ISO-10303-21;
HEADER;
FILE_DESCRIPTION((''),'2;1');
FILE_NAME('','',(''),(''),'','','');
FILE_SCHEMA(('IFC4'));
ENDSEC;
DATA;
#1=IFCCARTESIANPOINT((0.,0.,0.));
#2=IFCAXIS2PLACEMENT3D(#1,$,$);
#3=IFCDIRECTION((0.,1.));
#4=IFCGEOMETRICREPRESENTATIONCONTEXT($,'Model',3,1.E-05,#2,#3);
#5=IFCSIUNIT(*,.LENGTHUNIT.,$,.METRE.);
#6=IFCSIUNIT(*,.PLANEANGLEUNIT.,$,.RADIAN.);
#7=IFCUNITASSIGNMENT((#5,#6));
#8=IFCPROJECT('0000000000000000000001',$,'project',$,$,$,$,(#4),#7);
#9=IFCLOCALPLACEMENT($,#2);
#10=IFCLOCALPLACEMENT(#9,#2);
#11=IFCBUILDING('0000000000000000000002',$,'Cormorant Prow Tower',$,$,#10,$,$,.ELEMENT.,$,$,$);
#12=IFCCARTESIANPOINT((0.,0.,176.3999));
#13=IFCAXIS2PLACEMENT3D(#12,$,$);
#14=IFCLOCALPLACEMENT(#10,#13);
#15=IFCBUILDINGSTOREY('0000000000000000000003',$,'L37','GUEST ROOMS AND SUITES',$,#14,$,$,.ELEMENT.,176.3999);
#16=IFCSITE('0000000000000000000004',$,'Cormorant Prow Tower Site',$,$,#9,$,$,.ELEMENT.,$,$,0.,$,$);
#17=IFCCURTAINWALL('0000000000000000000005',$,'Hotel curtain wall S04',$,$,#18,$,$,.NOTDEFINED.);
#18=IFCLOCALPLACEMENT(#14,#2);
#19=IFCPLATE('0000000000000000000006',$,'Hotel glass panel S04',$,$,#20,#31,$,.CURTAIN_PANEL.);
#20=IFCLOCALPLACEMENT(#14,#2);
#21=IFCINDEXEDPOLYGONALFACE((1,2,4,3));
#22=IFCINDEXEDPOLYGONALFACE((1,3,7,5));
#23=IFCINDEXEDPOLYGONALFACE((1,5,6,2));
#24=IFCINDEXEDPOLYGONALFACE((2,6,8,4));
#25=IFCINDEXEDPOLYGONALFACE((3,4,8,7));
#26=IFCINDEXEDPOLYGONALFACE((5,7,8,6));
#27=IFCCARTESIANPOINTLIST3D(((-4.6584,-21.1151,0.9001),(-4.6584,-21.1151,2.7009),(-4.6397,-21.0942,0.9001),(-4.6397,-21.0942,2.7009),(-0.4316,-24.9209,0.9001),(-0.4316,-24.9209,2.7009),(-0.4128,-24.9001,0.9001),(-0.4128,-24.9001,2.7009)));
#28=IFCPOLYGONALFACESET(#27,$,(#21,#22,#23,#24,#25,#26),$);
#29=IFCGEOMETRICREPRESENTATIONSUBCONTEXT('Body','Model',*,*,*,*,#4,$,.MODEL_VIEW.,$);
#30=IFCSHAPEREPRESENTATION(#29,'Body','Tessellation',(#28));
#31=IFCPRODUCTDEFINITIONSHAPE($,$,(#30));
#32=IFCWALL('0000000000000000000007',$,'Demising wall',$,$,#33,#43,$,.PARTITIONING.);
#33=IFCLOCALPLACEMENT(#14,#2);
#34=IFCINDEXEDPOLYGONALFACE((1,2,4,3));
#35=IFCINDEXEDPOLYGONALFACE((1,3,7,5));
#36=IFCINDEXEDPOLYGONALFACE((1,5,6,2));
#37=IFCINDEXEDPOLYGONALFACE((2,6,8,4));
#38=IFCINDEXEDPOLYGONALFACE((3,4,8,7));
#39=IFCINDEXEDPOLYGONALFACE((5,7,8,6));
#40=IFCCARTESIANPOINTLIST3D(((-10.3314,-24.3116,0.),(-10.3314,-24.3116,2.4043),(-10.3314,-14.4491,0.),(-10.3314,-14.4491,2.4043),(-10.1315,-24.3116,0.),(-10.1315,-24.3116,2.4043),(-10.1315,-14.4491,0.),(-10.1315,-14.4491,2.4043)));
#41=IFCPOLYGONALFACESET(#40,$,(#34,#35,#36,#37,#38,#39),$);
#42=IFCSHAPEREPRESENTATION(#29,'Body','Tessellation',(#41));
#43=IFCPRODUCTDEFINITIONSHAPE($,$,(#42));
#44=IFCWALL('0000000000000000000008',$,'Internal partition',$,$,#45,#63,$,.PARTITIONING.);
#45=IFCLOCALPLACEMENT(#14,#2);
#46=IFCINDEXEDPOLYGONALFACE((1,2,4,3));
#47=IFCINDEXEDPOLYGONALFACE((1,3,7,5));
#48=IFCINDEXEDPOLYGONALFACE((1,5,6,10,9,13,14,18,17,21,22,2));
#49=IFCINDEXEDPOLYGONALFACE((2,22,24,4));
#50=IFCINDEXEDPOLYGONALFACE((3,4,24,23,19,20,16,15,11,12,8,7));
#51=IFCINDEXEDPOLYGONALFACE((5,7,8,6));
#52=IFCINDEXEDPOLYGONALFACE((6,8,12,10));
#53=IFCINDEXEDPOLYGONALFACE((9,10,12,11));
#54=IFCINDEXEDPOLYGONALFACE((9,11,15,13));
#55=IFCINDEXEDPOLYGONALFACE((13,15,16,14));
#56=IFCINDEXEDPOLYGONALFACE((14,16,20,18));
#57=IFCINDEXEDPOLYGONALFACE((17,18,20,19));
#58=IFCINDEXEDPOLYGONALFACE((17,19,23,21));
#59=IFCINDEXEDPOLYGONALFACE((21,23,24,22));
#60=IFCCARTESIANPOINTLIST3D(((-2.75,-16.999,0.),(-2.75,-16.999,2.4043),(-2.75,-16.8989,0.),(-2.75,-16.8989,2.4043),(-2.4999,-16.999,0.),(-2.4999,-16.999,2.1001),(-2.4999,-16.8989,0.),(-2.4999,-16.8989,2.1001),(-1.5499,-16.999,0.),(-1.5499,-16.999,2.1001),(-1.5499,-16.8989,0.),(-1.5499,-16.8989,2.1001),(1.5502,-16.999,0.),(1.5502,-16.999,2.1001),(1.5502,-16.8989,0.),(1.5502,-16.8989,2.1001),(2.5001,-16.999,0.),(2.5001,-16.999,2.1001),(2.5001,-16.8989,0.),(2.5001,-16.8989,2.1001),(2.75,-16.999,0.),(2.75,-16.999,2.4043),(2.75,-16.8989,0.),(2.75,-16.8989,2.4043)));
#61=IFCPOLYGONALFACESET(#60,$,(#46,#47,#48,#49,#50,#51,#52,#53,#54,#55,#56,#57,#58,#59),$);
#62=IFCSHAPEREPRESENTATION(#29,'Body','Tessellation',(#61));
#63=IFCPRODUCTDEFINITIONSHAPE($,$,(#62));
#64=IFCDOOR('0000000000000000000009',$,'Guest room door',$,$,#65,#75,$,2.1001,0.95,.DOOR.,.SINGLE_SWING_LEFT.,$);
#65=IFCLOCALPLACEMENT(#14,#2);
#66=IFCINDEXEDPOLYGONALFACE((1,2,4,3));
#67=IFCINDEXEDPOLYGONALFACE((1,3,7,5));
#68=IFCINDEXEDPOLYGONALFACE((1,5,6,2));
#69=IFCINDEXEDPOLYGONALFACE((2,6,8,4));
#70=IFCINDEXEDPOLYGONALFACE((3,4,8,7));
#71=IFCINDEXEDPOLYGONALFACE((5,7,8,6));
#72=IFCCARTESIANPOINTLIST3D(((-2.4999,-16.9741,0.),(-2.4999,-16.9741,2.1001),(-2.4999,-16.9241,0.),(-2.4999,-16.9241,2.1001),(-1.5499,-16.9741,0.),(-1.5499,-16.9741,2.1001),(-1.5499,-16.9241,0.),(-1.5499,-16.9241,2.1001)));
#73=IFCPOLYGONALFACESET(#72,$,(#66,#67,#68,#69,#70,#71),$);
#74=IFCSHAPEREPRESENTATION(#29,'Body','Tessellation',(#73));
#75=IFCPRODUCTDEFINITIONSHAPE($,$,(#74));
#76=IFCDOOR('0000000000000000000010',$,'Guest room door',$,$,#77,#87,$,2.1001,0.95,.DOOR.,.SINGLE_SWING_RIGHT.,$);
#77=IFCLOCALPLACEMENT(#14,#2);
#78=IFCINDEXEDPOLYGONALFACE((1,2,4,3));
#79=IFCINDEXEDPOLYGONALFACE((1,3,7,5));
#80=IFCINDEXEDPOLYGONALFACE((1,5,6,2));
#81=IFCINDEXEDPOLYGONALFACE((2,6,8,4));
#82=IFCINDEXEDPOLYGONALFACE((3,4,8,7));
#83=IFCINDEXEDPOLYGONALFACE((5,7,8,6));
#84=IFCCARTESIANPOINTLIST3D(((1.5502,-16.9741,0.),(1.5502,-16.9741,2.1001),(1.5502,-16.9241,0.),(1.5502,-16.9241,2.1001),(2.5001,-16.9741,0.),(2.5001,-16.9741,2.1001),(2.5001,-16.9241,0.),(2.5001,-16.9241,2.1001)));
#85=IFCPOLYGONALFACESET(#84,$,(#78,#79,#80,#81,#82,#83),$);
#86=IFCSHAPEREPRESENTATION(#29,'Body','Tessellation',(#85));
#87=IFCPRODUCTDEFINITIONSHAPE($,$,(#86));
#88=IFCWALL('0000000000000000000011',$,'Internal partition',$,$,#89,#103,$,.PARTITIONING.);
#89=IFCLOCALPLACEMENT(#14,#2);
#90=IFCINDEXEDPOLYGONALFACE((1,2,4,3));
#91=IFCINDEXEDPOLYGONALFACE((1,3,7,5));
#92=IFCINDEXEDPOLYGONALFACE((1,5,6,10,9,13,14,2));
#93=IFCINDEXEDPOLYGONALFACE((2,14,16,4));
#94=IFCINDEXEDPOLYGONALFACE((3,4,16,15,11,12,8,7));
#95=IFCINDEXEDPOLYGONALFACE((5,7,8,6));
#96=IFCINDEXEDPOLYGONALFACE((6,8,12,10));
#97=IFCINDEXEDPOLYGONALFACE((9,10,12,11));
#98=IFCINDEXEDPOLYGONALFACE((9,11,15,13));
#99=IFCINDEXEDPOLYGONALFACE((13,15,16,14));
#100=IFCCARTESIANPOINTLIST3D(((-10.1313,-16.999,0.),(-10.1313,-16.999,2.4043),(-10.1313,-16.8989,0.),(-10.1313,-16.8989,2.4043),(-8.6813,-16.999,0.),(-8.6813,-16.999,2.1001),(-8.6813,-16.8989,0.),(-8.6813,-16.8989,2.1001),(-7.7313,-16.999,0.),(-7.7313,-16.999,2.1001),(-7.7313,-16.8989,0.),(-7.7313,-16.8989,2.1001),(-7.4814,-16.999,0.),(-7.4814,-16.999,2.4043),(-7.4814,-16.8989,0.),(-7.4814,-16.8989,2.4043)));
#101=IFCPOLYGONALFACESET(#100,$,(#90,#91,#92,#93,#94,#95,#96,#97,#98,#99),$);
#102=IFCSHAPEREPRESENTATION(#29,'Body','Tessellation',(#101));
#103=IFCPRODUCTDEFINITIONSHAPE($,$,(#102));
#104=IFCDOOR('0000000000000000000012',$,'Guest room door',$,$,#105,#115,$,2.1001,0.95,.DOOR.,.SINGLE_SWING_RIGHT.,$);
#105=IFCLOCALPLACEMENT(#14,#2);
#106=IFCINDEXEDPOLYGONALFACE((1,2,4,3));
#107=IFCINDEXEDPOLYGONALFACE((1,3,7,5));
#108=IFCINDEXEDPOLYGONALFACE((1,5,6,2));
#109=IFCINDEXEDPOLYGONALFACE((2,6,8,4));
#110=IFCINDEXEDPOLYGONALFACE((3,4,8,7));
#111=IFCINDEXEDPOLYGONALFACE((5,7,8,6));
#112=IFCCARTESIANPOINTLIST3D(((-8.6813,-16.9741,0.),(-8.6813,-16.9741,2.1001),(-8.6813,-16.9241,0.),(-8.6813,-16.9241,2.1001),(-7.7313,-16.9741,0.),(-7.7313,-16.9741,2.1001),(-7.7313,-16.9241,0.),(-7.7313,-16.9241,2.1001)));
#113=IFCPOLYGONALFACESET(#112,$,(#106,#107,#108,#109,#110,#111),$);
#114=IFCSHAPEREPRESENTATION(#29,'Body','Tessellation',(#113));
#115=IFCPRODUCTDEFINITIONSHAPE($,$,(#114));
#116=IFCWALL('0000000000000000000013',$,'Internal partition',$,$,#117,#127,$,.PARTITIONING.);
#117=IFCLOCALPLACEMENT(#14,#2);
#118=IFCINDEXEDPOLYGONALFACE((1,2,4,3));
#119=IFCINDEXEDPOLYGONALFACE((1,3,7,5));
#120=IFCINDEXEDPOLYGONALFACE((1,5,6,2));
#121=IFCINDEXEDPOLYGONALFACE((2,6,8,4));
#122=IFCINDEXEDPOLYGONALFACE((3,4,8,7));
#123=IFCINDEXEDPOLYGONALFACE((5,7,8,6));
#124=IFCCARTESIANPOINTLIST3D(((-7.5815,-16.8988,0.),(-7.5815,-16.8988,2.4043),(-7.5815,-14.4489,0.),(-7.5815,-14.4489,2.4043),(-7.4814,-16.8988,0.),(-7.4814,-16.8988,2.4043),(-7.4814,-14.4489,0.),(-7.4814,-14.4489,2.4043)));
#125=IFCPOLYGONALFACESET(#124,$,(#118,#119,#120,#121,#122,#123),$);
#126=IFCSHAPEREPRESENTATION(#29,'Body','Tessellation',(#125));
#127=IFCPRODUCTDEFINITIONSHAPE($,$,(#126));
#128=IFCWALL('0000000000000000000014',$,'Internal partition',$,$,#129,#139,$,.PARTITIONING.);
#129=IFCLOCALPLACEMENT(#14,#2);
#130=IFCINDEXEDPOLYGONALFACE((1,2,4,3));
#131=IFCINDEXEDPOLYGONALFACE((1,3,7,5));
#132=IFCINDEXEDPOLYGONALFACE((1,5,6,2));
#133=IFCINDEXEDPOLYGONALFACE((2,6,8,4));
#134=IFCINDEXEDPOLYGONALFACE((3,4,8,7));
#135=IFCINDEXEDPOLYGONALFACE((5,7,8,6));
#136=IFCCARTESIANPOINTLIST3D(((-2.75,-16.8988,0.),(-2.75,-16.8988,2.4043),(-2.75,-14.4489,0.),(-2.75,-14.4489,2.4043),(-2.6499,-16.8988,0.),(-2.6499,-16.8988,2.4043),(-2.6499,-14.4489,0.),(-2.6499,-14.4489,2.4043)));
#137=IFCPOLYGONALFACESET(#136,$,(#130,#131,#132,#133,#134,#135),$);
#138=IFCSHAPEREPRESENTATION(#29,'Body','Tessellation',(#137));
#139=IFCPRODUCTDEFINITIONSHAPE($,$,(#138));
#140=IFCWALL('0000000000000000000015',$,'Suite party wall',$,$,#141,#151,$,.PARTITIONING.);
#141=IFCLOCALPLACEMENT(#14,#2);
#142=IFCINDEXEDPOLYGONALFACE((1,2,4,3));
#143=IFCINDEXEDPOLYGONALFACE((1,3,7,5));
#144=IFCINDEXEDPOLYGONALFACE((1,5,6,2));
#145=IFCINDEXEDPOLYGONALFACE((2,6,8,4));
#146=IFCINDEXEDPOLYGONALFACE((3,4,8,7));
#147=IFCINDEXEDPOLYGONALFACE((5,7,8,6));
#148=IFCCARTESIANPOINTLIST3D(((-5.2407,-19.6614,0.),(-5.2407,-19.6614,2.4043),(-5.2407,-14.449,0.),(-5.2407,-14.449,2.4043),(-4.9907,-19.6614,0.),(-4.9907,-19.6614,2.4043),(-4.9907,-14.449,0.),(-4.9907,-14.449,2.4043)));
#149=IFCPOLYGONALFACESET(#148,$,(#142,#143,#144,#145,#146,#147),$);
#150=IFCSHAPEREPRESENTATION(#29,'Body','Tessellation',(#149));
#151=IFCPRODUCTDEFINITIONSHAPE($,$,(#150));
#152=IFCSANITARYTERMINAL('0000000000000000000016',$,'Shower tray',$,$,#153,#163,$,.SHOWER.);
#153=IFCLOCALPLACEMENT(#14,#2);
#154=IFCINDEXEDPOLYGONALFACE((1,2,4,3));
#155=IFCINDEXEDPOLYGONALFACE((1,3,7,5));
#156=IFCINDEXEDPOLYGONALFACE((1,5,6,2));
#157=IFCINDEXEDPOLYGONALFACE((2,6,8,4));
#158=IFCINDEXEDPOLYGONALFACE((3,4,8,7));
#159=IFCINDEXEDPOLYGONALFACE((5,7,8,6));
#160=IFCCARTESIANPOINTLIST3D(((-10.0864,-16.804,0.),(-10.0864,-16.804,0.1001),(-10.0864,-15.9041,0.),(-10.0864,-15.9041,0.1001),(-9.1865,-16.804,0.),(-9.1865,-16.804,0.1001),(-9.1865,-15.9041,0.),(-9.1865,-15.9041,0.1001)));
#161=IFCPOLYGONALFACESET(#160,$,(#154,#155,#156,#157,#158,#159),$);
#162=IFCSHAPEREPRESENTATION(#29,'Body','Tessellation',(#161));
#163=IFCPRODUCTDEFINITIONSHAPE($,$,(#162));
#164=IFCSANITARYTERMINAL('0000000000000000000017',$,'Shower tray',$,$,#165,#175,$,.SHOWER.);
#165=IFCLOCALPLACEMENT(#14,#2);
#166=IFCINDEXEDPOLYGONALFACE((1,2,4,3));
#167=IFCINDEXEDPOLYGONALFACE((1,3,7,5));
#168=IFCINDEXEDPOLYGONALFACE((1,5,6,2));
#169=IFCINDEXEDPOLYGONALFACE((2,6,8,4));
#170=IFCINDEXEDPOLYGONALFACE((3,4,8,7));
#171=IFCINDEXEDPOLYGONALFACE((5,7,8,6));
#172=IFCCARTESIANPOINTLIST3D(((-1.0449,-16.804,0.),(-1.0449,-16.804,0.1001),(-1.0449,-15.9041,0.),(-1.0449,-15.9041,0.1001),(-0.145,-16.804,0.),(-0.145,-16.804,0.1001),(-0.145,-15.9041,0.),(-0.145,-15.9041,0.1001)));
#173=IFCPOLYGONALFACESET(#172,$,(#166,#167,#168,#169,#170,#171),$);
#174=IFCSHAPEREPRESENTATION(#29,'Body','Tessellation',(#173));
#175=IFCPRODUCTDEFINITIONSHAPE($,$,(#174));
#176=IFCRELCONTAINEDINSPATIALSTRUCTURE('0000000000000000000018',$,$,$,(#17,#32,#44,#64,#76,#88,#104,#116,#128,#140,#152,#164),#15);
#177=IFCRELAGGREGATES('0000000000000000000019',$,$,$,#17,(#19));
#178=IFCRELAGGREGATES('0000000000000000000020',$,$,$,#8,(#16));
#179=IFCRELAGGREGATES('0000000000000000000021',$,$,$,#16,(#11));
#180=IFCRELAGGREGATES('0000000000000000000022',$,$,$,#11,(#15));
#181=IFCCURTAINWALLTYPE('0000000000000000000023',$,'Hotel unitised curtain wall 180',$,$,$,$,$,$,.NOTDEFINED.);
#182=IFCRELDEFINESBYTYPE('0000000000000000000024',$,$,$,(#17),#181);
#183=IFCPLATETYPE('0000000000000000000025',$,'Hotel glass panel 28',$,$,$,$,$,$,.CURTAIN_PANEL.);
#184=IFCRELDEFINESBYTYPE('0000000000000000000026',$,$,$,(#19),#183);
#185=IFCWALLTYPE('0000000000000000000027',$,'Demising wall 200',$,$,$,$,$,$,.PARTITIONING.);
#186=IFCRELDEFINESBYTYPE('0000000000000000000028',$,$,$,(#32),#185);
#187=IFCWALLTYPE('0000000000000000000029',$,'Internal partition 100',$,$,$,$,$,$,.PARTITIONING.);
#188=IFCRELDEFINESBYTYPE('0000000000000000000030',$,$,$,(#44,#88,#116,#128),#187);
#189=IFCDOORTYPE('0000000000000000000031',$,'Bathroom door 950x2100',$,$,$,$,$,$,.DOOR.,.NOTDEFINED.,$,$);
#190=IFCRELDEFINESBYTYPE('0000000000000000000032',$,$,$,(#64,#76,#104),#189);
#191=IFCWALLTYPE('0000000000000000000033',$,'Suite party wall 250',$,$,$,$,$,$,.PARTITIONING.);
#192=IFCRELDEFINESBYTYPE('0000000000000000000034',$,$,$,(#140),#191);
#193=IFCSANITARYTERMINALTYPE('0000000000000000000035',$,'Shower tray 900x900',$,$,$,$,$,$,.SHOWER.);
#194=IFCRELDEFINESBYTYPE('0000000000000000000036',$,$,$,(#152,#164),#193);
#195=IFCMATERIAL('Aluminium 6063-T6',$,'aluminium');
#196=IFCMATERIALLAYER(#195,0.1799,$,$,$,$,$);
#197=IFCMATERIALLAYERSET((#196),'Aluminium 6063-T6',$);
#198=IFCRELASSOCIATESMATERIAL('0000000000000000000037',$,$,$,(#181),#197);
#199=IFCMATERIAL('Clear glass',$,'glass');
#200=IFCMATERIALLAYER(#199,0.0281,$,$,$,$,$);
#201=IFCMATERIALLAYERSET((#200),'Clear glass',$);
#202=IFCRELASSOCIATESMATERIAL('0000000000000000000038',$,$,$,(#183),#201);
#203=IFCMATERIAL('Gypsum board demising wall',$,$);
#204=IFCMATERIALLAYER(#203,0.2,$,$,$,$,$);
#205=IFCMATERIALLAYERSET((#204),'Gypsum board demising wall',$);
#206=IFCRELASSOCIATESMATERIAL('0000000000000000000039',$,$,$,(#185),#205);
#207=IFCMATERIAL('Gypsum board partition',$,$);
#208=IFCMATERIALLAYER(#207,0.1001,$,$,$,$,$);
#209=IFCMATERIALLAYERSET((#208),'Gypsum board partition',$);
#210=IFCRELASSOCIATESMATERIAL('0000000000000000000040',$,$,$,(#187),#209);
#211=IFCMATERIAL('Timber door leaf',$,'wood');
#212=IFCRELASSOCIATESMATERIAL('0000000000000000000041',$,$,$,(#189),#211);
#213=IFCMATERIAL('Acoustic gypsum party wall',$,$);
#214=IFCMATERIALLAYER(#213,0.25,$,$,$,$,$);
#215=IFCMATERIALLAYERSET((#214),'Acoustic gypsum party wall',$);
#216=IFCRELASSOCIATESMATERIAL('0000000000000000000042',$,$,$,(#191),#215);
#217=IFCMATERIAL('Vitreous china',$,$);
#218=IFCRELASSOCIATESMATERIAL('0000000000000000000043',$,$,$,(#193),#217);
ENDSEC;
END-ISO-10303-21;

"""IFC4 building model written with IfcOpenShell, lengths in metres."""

from ifc_helpers import new_model, si_unit, direction, frame, frame_2d, origin, origin_2d, place, context, subcontext, project, spatial, rectangle, extrude, material, layer, layer_set, type_object, element, fill, aggregate, save


model = new_model("IFC4")

# Units and contexts
model_context = context("Model", 3, precision=1e-05, world=origin(), true_north=direction((0.0, 1.0)))
body_context = subcontext(model_context, "Body", "Model", "MODEL_VIEW")
ifc_project = project(units=[si_unit("LENGTHUNIT", "METRE"), si_unit("PLANEANGLEUNIT", "RADIAN")], contexts=[model_context])

# Site, building, storey
site_placement = place(None, origin())
site = spatial("IfcSite", under=ifc_project, at=site_placement, Name="Cormorant Prow Tower Site", CompositionType="ELEMENT", RefElevation=0.0)
building_placement = place(site_placement, origin())
building = spatial("IfcBuilding", under=site, at=building_placement, Name="Cormorant Prow Tower", CompositionType="ELEMENT")
storey_placement = place(building_placement, frame((0.0, 0.0, 176.3999)))
storey = spatial("IfcBuildingStorey", under=building, at=storey_placement, Name="L37", Description="GUEST ROOMS AND SUITES", CompositionType="ELEMENT", Elevation=176.3999)

# Curtain wall
ifc_material_1 = material(Name="Aluminium 6063-T6", Category="aluminium")
ifc_layer_1 = layer(ifc_material_1, 0.1799)
ifc_layer_set_1 = layer_set([ifc_layer_1], Name="Aluminium 6063-T6")
curtain_wall_type = type_object("IfcCurtainWallType", Name="Hotel unitised curtain wall 180", PredefinedType="NOTDEFINED", material=ifc_layer_set_1)
curtain_wall_1_placement = place(storey_placement, origin())
curtain_wall_1 = element("IfcCurtainWall", 1, at=curtain_wall_1_placement, inside=storey, type_object=curtain_wall_type, Name="Hotel curtain wall S04", PredefinedType="NOTDEFINED")

# Plate
ifc_material_2 = material(Name="Clear glass", Category="glass")
ifc_layer_2 = layer(ifc_material_2, 0.0281)
ifc_layer_set_2 = layer_set([ifc_layer_2], Name="Clear glass")
plate_type = type_object("IfcPlateType", Name="Hotel glass panel 28", PredefinedType="CURTAIN_PANEL", material=ifc_layer_set_2)
plate_1_placement = place(storey_placement, frame((-2.5356, -23.0076, 0.9001), z_axis=(0.0, 0.0, 1.0), x_axis=(0.743145, -0.669131, 0.0)))
plate_1 = element("IfcPlate", 2, at=plate_1_placement, type_object=plate_type, Name="Hotel glass panel S04", PredefinedType="CURTAIN_PANEL", context=body_context, shape_type="SweptSolid", body=[
    extrude(rectangle(XDim=5.6877, YDim=0.0281, at=origin_2d()), origin(), (0.0, 0.0, 1.0), 1.8008),
])
aggregate(curtain_wall_1, [plate_1])

# Wall
ifc_material_3 = material(Name="Gypsum board demising wall")
ifc_layer_3 = layer(ifc_material_3, 0.2)
ifc_layer_set_3 = layer_set([ifc_layer_3], Name="Gypsum board demising wall")
wall_type_1 = type_object("IfcWallType", Name="Demising wall 200", PredefinedType="PARTITIONING", material=ifc_layer_set_3)
wall_1_placement = place(storey_placement, frame((-10.2314, -24.3115, 0.0), z_axis=(0.0, 0.0, 1.0), x_axis=(0.0, 1.0, 0.0)))
element("IfcWall", 3, at=wall_1_placement, inside=storey, type_object=wall_type_1, Name="Demising wall", PredefinedType="PARTITIONING", context=body_context, shape_type="SweptSolid", body=[
    extrude(rectangle(XDim=9.8625, YDim=0.2, at=frame_2d((4.9312, 0.0))), origin(), (0.0, 0.0, 1.0), 2.4043),
])

# Wall, openings, doors
ifc_material_4 = material(Name="Gypsum board partition")
ifc_layer_4 = layer(ifc_material_4, 0.1001)
ifc_layer_set_4 = layer_set([ifc_layer_4], Name="Gypsum board partition")
wall_type_2 = type_object("IfcWallType", Name="Internal partition 100", PredefinedType="PARTITIONING", material=ifc_layer_set_4)
wall_2_placement = place(storey_placement, frame((-2.75, -16.949, 0.0), z_axis=(0.0, 0.0, 1.0), x_axis=(1.0, 0.0, 0.0)))
wall_2 = element("IfcWall", 4, at=wall_2_placement, inside=storey, type_object=wall_type_2, Name="Internal partition", PredefinedType="PARTITIONING", context=body_context, shape_type="SweptSolid", body=[
    extrude(rectangle(XDim=5.5, YDim=0.1001, at=frame_2d((2.75, 0.0))), origin(), (0.0, 0.0, 1.0), 2.4043),
])
opening_1_placement = place(wall_2_placement, frame((0.25, 0.0, 0.0)))
opening_1 = element("IfcOpeningElement", 5, at=opening_1_placement, cuts=wall_2, PredefinedType="OPENING", context=body_context, shape_type="SweptSolid", body=[
    extrude(rectangle(XDim=0.95, YDim=2.1001, at=frame_2d((0.4751, 1.05))), frame((0.0, 0.0601, 0.0), z_axis=(0.0, -1.0, 0.0), x_axis=(1.0, 0.0, 0.0)), (0.0, 0.0, 1.0), 0.1201),
])
opening_2_placement = place(wall_2_placement, frame((4.3, 0.0, 0.0)))
opening_2 = element("IfcOpeningElement", 6, at=opening_2_placement, cuts=wall_2, PredefinedType="OPENING", context=body_context, shape_type="SweptSolid", body=[
    extrude(rectangle(XDim=0.95, YDim=2.1001, at=frame_2d((0.4751, 1.05))), frame((0.0, 0.0601, 0.0), z_axis=(0.0, -1.0, 0.0), x_axis=(1.0, 0.0, 0.0)), (0.0, 0.0, 1.0), 0.1201),
])
ifc_material_5 = material(Name="Timber door leaf", Category="wood")
door_type_1 = type_object("IfcDoorType", Name="Bathroom door 950x2100", OperationType="NOTDEFINED", PredefinedType="DOOR", material=ifc_material_5)
door_1_placement = place(opening_1_placement, origin())
door_1 = element("IfcDoor", 7, at=door_1_placement, inside=storey, type_object=door_type_1, Name="Guest room door", OperationType="SINGLE_SWING_LEFT", OverallHeight=2.1001, OverallWidth=0.95, PredefinedType="DOOR", context=body_context, shape_type="SweptSolid", body=[
    extrude(rectangle(XDim=0.95, YDim=2.1001, at=frame_2d((0.4751, 1.05))), frame((0.0, 0.0249, 0.0), z_axis=(0.0, -1.0, 0.0), x_axis=(1.0, 0.0, 0.0)), (0.0, 0.0, 1.0), 0.05),
])
fill(opening_1, door_1)
door_2_placement = place(opening_2_placement, origin())
door_2 = element("IfcDoor", 8, at=door_2_placement, inside=storey, type_object=door_type_1, Name="Guest room door", OperationType="SINGLE_SWING_RIGHT", OverallHeight=2.1001, OverallWidth=0.95, PredefinedType="DOOR", context=body_context, shape_type="SweptSolid", body=[
    extrude(rectangle(XDim=0.95, YDim=2.1001, at=frame_2d((0.4751, 1.05))), frame((0.0, 0.0249, 0.0), z_axis=(0.0, -1.0, 0.0), x_axis=(1.0, 0.0, 0.0)), (0.0, 0.0, 1.0), 0.05),
])
fill(opening_2, door_2)

# Wall, opening, door
wall_3_placement = place(storey_placement, frame((-10.1313, -16.949, 0.0), z_axis=(0.0, 0.0, 1.0), x_axis=(1.0, 0.0, 0.0)))
wall_3 = element("IfcWall", 9, at=wall_3_placement, inside=storey, type_object=wall_type_2, Name="Internal partition", PredefinedType="PARTITIONING", context=body_context, shape_type="SweptSolid", body=[
    extrude(rectangle(XDim=2.6499, YDim=0.1001, at=frame_2d((1.325, 0.0))), origin(), (0.0, 0.0, 1.0), 2.4043),
])
opening_3_placement = place(wall_3_placement, frame((1.45, 0.0, 0.0)))
opening_3 = element("IfcOpeningElement", 10, at=opening_3_placement, cuts=wall_3, PredefinedType="OPENING", context=body_context, shape_type="SweptSolid", body=[
    extrude(rectangle(XDim=0.95, YDim=2.1001, at=frame_2d((0.4751, 1.05))), frame((0.0, 0.0601, 0.0), z_axis=(0.0, -1.0, 0.0), x_axis=(1.0, 0.0, 0.0)), (0.0, 0.0, 1.0), 0.1201),
])
door_3_placement = place(opening_3_placement, origin())
door_3 = element("IfcDoor", 11, at=door_3_placement, inside=storey, type_object=door_type_1, Name="Guest room door", OperationType="SINGLE_SWING_RIGHT", OverallHeight=2.1001, OverallWidth=0.95, PredefinedType="DOOR", context=body_context, shape_type="SweptSolid", body=[
    extrude(rectangle(XDim=0.95, YDim=2.1001, at=frame_2d((0.4751, 1.05))), frame((0.0, 0.0249, 0.0), z_axis=(0.0, -1.0, 0.0), x_axis=(1.0, 0.0, 0.0)), (0.0, 0.0, 1.0), 0.05),
])
fill(opening_3, door_3)

# Walls
for number, where, z_axis, x_axis, name in (
    (12, (-7.5315, -16.8989, 0.0), (0.0, 0.0, 1.0), (0.0, 1.0, 0.0), "Internal partition"),
    (13, (-2.7, -16.8989, 0.0), (0.0, 0.0, 1.0), (0.0, 1.0, 0.0), "Internal partition"),
):
    element("IfcWall", number, at=place(storey_placement, frame(where, z_axis=z_axis, x_axis=x_axis)), inside=storey, type_object=wall_type_2, Name=name, PredefinedType="PARTITIONING", context=body_context, shape_type="SweptSolid", body=[
        extrude(rectangle(XDim=2.45, YDim=0.1001, at=frame_2d((1.2251, 0.0))), origin(), (0.0, 0.0, 1.0), 2.4043),
    ])
ifc_material_6 = material(Name="Acoustic gypsum party wall")
ifc_layer_5 = layer(ifc_material_6, 0.25)
ifc_layer_set_5 = layer_set([ifc_layer_5], Name="Acoustic gypsum party wall")
wall_type_3 = type_object("IfcWallType", Name="Suite party wall 250", PredefinedType="PARTITIONING", material=ifc_layer_set_5)
wall_4_placement = place(storey_placement, frame((-5.1157, -19.6614, 0.0), z_axis=(0.0, 0.0, 1.0), x_axis=(0.0, 1.0, 0.0)))
element("IfcWall", 14, at=wall_4_placement, inside=storey, type_object=wall_type_3, Name="Suite party wall", PredefinedType="PARTITIONING", context=body_context, shape_type="SweptSolid", body=[
    extrude(rectangle(XDim=5.2124, YDim=0.25, at=frame_2d((2.6062, 0.0))), origin(), (0.0, 0.0, 1.0), 2.4043),
])

# Sanitary terminals
ifc_material_7 = material(Name="Vitreous china")
sanitary_terminal_type_1 = type_object("IfcSanitaryTerminalType", Name="Shower tray 900x900", PredefinedType="SHOWER", material=ifc_material_7)
for number, where, z_axis, x_axis, name in (
    (15, (-9.6365, -16.354, 0.0), (0.0, 0.0, 1.0), (0.0, 1.0, 0.0), "Shower tray"),
    (16, (-0.595, -16.354, 0.0), (0.0, 0.0, 1.0), (-1.0, 0.0, 0.0), "Shower tray"),
):
    element("IfcSanitaryTerminal", number, at=place(storey_placement, frame(where, z_axis=z_axis, x_axis=x_axis)), inside=storey, type_object=sanitary_terminal_type_1, Name=name, PredefinedType="SHOWER", context=body_context, shape_type="SweptSolid", body=[
        extrude(rectangle(XDim=0.8999, YDim=0.8999, at=origin_2d()), origin(), (0.0, 0.0, 1.0), 0.1001),
    ])

save(model, "model.ifc")
